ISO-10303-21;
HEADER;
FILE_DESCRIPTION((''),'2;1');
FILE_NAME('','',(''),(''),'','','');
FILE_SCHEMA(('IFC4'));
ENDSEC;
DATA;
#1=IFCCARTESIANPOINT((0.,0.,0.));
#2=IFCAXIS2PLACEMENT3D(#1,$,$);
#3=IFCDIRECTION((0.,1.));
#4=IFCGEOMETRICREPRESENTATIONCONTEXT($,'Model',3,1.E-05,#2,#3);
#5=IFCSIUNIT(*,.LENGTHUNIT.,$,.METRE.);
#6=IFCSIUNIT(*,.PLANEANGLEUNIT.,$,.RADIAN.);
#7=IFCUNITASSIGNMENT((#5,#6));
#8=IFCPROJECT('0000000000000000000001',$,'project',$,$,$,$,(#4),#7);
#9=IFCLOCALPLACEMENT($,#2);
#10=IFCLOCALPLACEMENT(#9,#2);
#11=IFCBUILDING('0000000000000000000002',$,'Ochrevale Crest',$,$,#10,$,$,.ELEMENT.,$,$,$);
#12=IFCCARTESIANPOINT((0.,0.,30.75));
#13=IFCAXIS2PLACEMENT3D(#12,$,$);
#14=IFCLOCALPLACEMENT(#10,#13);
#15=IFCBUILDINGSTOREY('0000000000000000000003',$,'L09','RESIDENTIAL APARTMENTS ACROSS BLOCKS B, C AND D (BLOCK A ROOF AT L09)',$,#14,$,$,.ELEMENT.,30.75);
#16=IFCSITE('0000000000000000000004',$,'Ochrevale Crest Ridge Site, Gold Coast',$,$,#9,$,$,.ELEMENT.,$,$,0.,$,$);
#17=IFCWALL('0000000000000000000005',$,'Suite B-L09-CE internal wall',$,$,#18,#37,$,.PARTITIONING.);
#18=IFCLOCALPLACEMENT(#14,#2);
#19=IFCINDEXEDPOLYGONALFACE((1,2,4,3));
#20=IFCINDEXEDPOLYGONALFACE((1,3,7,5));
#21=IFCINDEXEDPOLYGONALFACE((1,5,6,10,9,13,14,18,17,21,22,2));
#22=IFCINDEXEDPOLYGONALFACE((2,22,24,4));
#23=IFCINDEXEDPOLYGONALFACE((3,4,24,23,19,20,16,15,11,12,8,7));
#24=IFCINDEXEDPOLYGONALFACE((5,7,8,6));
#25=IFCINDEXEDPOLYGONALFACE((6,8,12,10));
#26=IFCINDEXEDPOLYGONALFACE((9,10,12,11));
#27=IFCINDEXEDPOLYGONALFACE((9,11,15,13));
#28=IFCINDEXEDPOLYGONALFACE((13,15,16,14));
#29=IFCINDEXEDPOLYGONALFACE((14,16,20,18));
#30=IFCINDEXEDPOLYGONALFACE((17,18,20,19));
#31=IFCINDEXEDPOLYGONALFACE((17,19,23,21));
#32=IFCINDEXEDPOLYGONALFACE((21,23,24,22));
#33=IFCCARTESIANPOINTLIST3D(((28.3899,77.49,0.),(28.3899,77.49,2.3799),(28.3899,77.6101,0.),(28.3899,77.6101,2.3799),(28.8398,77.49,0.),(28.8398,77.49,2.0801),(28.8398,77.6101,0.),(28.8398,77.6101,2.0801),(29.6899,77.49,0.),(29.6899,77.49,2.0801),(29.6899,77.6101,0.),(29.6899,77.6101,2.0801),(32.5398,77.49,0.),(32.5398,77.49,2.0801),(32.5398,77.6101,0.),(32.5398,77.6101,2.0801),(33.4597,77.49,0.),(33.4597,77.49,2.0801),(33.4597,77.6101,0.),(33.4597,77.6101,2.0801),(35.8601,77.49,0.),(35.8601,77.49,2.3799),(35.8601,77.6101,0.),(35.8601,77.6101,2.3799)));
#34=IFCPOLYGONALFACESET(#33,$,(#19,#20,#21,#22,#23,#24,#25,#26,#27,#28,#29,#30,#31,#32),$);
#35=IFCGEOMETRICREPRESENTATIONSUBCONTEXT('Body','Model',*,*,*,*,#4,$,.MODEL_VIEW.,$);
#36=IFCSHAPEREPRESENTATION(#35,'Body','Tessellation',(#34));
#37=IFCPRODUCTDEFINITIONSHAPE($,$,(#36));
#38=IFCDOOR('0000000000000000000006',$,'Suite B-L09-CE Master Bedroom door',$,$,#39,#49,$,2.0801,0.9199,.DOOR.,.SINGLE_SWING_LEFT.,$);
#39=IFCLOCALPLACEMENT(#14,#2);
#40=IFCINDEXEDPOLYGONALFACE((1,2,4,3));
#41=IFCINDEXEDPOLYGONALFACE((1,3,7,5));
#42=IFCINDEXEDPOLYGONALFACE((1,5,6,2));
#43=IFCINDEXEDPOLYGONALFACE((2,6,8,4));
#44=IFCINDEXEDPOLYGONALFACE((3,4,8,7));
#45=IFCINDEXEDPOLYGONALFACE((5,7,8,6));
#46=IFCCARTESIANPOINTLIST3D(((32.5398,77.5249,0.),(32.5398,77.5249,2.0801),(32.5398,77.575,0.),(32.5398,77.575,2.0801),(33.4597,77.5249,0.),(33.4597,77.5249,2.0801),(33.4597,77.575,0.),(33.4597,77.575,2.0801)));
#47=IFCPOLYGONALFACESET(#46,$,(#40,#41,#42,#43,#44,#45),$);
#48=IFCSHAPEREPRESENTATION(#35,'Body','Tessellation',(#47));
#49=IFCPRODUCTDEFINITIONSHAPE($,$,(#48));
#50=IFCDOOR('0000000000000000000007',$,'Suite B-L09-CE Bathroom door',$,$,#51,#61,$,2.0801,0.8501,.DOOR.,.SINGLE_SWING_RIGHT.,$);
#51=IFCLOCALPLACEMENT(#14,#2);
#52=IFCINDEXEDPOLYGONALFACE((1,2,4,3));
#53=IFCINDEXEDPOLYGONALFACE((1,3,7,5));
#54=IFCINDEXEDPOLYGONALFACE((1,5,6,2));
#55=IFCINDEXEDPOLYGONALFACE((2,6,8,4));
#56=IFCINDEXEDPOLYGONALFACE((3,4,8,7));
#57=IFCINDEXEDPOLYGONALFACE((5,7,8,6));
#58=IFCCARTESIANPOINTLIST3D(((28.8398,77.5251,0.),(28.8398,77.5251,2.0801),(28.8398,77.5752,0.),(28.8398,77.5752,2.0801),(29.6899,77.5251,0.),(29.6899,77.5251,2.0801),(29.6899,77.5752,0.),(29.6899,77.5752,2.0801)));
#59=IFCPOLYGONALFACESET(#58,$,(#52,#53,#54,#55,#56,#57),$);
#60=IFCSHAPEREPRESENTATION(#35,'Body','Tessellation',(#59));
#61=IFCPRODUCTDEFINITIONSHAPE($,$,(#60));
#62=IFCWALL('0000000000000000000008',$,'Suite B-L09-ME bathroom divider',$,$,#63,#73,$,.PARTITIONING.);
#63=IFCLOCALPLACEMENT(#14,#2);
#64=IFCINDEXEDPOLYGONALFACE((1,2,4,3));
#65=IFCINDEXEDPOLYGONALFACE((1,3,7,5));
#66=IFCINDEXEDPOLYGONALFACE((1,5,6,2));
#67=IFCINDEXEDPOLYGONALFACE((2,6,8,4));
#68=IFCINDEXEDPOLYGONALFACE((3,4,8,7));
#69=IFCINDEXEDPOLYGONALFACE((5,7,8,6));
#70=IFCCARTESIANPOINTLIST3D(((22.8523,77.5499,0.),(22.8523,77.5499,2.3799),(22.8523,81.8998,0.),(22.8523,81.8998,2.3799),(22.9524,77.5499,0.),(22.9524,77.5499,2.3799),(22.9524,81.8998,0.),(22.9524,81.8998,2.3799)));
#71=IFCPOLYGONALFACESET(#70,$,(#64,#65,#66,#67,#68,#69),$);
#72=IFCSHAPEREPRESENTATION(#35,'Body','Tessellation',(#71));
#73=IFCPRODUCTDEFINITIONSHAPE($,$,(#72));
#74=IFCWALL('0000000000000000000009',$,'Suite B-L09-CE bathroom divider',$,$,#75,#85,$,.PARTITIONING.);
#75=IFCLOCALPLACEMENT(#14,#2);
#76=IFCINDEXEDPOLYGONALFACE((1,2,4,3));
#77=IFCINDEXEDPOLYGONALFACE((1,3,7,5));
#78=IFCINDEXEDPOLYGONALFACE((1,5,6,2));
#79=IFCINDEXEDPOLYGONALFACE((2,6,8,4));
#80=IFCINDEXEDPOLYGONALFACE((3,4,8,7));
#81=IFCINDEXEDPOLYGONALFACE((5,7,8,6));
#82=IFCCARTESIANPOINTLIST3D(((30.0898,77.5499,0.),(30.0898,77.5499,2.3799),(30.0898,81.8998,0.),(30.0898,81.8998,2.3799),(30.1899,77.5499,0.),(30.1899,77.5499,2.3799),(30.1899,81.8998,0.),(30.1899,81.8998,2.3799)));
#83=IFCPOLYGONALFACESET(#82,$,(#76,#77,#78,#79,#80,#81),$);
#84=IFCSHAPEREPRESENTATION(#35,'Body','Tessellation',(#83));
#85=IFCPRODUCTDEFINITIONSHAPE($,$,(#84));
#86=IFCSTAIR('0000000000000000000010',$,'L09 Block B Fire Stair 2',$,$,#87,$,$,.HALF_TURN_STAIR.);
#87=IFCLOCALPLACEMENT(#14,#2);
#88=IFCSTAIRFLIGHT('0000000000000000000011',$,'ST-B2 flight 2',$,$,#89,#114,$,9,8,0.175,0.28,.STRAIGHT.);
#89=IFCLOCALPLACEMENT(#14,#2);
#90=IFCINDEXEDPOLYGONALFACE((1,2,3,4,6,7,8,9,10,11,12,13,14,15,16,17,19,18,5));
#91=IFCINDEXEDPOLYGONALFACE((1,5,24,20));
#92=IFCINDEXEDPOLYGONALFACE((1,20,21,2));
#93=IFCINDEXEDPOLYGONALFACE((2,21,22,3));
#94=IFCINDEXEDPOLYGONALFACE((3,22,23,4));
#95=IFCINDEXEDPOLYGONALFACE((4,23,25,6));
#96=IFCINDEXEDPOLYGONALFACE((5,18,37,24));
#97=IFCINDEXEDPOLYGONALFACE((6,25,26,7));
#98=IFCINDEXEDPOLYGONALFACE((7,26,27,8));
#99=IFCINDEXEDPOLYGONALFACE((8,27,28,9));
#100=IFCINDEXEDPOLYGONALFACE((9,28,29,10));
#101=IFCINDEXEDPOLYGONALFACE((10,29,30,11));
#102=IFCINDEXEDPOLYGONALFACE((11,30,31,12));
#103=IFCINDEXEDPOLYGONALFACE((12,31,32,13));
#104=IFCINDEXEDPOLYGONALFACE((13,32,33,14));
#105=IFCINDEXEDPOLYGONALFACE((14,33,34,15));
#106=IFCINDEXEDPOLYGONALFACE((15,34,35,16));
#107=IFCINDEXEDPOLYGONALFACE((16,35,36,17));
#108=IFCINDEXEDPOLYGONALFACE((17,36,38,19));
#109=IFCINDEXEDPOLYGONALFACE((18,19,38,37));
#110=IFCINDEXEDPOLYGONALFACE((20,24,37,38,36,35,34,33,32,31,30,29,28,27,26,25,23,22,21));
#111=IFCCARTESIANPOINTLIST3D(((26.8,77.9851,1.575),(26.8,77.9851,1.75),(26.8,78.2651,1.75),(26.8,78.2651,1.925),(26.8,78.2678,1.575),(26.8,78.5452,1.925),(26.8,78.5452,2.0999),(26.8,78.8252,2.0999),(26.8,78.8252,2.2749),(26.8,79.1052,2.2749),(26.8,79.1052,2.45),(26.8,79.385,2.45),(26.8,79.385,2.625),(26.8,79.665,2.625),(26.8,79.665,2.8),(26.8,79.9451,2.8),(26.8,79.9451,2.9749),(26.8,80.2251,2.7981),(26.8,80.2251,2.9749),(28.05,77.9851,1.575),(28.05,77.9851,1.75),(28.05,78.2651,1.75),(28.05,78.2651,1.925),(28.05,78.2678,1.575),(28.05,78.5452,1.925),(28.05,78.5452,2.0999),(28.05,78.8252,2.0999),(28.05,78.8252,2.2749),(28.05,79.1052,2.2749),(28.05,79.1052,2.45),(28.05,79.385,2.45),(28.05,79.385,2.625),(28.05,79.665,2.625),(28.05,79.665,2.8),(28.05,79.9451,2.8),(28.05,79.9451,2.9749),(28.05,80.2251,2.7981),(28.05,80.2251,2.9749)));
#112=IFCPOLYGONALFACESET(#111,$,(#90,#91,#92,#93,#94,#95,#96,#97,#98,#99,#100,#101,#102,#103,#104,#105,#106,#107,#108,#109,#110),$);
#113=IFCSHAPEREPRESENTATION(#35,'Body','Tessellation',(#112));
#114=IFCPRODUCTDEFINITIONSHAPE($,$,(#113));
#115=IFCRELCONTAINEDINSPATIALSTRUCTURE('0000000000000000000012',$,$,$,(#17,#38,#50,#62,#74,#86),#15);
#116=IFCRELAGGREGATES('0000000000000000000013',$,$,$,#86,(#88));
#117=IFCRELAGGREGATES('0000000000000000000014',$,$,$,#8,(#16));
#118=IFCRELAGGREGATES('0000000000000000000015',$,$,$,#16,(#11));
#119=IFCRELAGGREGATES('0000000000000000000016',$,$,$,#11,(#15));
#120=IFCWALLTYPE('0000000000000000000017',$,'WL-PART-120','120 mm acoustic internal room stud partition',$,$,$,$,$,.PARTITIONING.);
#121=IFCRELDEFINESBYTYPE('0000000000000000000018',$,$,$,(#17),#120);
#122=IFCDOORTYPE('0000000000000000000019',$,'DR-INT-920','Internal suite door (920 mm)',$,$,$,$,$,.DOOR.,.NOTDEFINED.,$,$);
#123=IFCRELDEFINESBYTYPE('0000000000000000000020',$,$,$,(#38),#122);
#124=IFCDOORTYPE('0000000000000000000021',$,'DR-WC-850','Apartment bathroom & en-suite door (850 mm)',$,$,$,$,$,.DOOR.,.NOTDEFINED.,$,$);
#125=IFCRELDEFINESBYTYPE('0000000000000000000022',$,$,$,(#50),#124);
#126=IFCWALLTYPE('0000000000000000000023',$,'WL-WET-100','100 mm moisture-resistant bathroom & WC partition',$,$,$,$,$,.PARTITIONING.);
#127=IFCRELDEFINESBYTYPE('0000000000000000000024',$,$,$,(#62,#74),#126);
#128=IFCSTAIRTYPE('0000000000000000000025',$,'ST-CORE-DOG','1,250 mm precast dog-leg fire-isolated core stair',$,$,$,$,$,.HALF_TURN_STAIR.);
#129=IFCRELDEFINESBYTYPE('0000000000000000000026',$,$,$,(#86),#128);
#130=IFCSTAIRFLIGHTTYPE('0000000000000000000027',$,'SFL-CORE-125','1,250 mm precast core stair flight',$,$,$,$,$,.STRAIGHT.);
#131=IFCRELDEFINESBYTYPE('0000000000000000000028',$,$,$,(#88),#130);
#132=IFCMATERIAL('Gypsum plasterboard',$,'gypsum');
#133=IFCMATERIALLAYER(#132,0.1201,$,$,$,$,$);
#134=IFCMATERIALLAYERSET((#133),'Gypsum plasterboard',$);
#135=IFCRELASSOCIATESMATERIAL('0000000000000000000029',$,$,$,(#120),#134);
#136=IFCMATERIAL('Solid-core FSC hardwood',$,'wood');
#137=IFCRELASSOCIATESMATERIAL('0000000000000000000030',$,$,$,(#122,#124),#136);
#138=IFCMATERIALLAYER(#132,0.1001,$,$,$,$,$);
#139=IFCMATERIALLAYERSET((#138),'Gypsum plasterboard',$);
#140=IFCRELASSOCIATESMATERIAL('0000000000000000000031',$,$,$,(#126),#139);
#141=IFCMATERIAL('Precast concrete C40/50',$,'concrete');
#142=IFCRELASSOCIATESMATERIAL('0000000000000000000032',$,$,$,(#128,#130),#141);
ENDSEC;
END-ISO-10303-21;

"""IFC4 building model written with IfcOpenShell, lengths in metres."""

from ifc_helpers import new_model, si_unit, direction, frame, frame_2d, origin, place, context, subcontext, project, spatial, polyline, rectangle, outline, extrude, material, layer, layer_set, type_object, element, fill, aggregate, save


model = new_model("IFC4")

# Units and contexts
model_context = context("Model", 3, precision=1e-05, world=origin(), true_north=direction((0.0, 1.0)))
body_context = subcontext(model_context, "Body", "Model", "MODEL_VIEW")
ifc_project = project(units=[si_unit("LENGTHUNIT", "METRE"), si_unit("PLANEANGLEUNIT", "RADIAN")], contexts=[model_context])

# Site, building, storey
site_placement = place(None, origin())
site = spatial("IfcSite", under=ifc_project, at=site_placement, Name="Ochrevale Crest Ridge Site, Gold Coast", CompositionType="ELEMENT", RefElevation=0.0)
building_placement = place(site_placement, origin())
building = spatial("IfcBuilding", under=site, at=building_placement, Name="Ochrevale Crest", CompositionType="ELEMENT")
storey_placement = place(building_placement, frame((0.0, 0.0, 30.75)))
storey = spatial("IfcBuildingStorey", under=building, at=storey_placement, Name="L09", Description="RESIDENTIAL APARTMENTS ACROSS BLOCKS B, C AND D (BLOCK A ROOF AT L09)", CompositionType="ELEMENT", Elevation=30.75)

# Shared definitions
ifc_material_1 = material(Name="Precast concrete C40/50", Category="concrete")

# Wall, openings, doors
ifc_material_2 = material(Name="Gypsum plasterboard", Category="gypsum")
ifc_layer_1 = layer(ifc_material_2, 0.1201)
ifc_layer_set_1 = layer_set([ifc_layer_1], Name="Gypsum plasterboard")
wall_type_1 = type_object("IfcWallType", Name="WL-PART-120", Description="120 mm acoustic internal room stud partition", PredefinedType="PARTITIONING", material=ifc_layer_set_1)
wall_1_placement = place(storey_placement, frame((28.3899, 77.55, 0.0), z_axis=(0.0, 0.0, 1.0), x_axis=(1.0, 0.0, 0.0)))
wall_1 = element("IfcWall", 1, at=wall_1_placement, inside=storey, type_object=wall_type_1, Name="Suite B-L09-CE internal wall", PredefinedType="PARTITIONING", context=body_context, shape_type="SweptSolid", body=[
    extrude(rectangle(XDim=7.4702, YDim=0.1201, at=frame_2d((3.7351, 0.0))), origin(), (0.0, 0.0, 1.0), 2.3799),
])
opening_1_placement = place(wall_1_placement, frame((1.3, 0.0, 0.0), z_axis=(0.0, 0.0, 1.0), x_axis=(-1.0, 0.0, 0.0)))
opening_1 = element("IfcOpeningElement", 2, at=opening_1_placement, cuts=wall_1, PredefinedType="OPENING", context=body_context, shape_type="SweptSolid", body=[
    extrude(rectangle(XDim=0.8501, YDim=2.0801, at=frame_2d((0.425, 1.04))), frame((0.0, 0.0701, 0.0), z_axis=(0.0, -1.0, 0.0), x_axis=(1.0, 0.0, 0.0)), (0.0, 0.0, 1.0), 0.1401),
])
opening_2_placement = place(wall_1_placement, frame((4.1499, 0.0, 0.0)))
opening_2 = element("IfcOpeningElement", 3, at=opening_2_placement, cuts=wall_1, PredefinedType="OPENING", context=body_context, shape_type="SweptSolid", body=[
    extrude(rectangle(XDim=0.9199, YDim=2.0801, at=frame_2d((0.46, 1.04))), frame((0.0, 0.0701, 0.0), z_axis=(0.0, -1.0, 0.0), x_axis=(1.0, 0.0, 0.0)), (0.0, 0.0, 1.0), 0.1401),
])
ifc_material_3 = material(Name="Solid-core FSC hardwood", Category="wood")
door_type_1 = type_object("IfcDoorType", Name="DR-INT-920", Description="Internal suite door (920 mm)", OperationType="NOTDEFINED", PredefinedType="DOOR", material=ifc_material_3)
door_1_placement = place(opening_2_placement, origin())
door_1 = element("IfcDoor", 4, at=door_1_placement, inside=storey, type_object=door_type_1, Name="Suite B-L09-CE Master Bedroom door", OperationType="SINGLE_SWING_LEFT", OverallHeight=2.0801, OverallWidth=0.9199, PredefinedType="DOOR", context=body_context, shape_type="SweptSolid", body=[
    extrude(rectangle(XDim=0.9199, YDim=2.0801, at=frame_2d((0.46, 1.04))), frame((0.0, 0.0249, 0.0), z_axis=(0.0, -1.0, 0.0), x_axis=(1.0, 0.0, 0.0)), (0.0, 0.0, 1.0), 0.05),
])
fill(opening_2, door_1)
door_type_2 = type_object("IfcDoorType", Name="DR-WC-850", Description="Apartment bathroom & en-suite door (850 mm)", OperationType="NOTDEFINED", PredefinedType="DOOR", material=ifc_material_3)
door_2_placement = place(opening_1_placement, origin())
door_2 = element("IfcDoor", 5, at=door_2_placement, inside=storey, type_object=door_type_2, Name="Suite B-L09-CE Bathroom door", OperationType="SINGLE_SWING_RIGHT", OverallHeight=2.0801, OverallWidth=0.8501, PredefinedType="DOOR", context=body_context, shape_type="SweptSolid", body=[
    extrude(rectangle(XDim=0.8501, YDim=2.0801, at=frame_2d((0.425, 1.04))), frame((0.0, 0.0249, 0.0), z_axis=(0.0, -1.0, 0.0), x_axis=(1.0, 0.0, 0.0)), (0.0, 0.0, 1.0), 0.05),
])
fill(opening_1, door_2)

# Walls
ifc_layer_2 = layer(ifc_material_2, 0.1001)
ifc_layer_set_2 = layer_set([ifc_layer_2], Name="Gypsum plasterboard")
wall_type_2 = type_object("IfcWallType", Name="WL-WET-100", Description="100 mm moisture-resistant bathroom & WC partition", PredefinedType="PARTITIONING", material=ifc_layer_set_2)
for number, where, z_axis, x_axis, name in (
    (6, (22.9023, 77.55, 0.0), (0.0, 0.0, 1.0), (0.0, 1.0, 0.0), "Suite B-L09-ME bathroom divider"),
    (7, (30.1399, 77.55, 0.0), (0.0, 0.0, 1.0), (0.0, 1.0, 0.0), "Suite B-L09-CE bathroom divider"),
):
    element("IfcWall", number, at=place(storey_placement, frame(where, z_axis=z_axis, x_axis=x_axis)), inside=storey, type_object=wall_type_2, Name=name, PredefinedType="PARTITIONING", context=body_context, shape_type="SweptSolid", body=[
        extrude(rectangle(XDim=4.3499, YDim=0.1001, at=frame_2d((2.1748, 0.0))), origin(), (0.0, 0.0, 1.0), 2.3799),
    ])

# Stair, stair flight
stair_type = type_object("IfcStairType", Name="ST-CORE-DOG", Description="1,250 mm precast dog-leg fire-isolated core stair", PredefinedType="HALF_TURN_STAIR", material=ifc_material_1)
stair_placement = place(storey_placement, origin())
stair = element("IfcStair", 8, at=stair_placement, inside=storey, type_object=stair_type, Name="L09 Block B Fire Stair 2", PredefinedType="HALF_TURN_STAIR")
stair_flight_type = type_object("IfcStairFlightType", Name="SFL-CORE-125", Description="1,250 mm precast core stair flight", PredefinedType="STRAIGHT", material=ifc_material_1)
stair_flight_placement = place(storey_placement, frame((27.425, 77.9851, 1.575), z_axis=(0.0, 0.0, 1.0), x_axis=(0.0, 1.0, 0.0)))
stair_flight = element("IfcStairFlight", 9, at=stair_flight_placement, type_object=stair_flight_type, Name="ST-B2 flight 2", NumberOfRisers=9, NumberOfTreads=8, PredefinedType="STRAIGHT", RiserHeight=0.175, TreadLength=0.28, context=body_context, shape_type="SweptSolid", body=[
    extrude(outline(polyline([(0.0, 0.0), (0.0, 0.175), (0.28, 0.175), (0.28, 0.3501), (0.5601, 0.3501), (0.5601, 0.5249), (0.8401, 0.5249), (0.8401, 0.7), (1.1201, 0.7), (1.1201, 0.875), (1.3999, 0.875), (1.3999, 1.05), (1.6799, 1.05), (1.6799, 1.2251), (1.96, 1.2251), (1.96, 1.3999), (2.24, 1.3999), (2.24, 1.575), (2.24, 1.2231), (0.2827, 0.0), (0.0, 0.0)])), frame((0.0, 0.625, 0.0), z_axis=(0.0, -1.0, 0.0), x_axis=(1.0, 0.0, 0.0)), (0.0, 0.0, 1.0), 1.25),
])
aggregate(stair, [stair_flight])

save(model, "model.ifc")
